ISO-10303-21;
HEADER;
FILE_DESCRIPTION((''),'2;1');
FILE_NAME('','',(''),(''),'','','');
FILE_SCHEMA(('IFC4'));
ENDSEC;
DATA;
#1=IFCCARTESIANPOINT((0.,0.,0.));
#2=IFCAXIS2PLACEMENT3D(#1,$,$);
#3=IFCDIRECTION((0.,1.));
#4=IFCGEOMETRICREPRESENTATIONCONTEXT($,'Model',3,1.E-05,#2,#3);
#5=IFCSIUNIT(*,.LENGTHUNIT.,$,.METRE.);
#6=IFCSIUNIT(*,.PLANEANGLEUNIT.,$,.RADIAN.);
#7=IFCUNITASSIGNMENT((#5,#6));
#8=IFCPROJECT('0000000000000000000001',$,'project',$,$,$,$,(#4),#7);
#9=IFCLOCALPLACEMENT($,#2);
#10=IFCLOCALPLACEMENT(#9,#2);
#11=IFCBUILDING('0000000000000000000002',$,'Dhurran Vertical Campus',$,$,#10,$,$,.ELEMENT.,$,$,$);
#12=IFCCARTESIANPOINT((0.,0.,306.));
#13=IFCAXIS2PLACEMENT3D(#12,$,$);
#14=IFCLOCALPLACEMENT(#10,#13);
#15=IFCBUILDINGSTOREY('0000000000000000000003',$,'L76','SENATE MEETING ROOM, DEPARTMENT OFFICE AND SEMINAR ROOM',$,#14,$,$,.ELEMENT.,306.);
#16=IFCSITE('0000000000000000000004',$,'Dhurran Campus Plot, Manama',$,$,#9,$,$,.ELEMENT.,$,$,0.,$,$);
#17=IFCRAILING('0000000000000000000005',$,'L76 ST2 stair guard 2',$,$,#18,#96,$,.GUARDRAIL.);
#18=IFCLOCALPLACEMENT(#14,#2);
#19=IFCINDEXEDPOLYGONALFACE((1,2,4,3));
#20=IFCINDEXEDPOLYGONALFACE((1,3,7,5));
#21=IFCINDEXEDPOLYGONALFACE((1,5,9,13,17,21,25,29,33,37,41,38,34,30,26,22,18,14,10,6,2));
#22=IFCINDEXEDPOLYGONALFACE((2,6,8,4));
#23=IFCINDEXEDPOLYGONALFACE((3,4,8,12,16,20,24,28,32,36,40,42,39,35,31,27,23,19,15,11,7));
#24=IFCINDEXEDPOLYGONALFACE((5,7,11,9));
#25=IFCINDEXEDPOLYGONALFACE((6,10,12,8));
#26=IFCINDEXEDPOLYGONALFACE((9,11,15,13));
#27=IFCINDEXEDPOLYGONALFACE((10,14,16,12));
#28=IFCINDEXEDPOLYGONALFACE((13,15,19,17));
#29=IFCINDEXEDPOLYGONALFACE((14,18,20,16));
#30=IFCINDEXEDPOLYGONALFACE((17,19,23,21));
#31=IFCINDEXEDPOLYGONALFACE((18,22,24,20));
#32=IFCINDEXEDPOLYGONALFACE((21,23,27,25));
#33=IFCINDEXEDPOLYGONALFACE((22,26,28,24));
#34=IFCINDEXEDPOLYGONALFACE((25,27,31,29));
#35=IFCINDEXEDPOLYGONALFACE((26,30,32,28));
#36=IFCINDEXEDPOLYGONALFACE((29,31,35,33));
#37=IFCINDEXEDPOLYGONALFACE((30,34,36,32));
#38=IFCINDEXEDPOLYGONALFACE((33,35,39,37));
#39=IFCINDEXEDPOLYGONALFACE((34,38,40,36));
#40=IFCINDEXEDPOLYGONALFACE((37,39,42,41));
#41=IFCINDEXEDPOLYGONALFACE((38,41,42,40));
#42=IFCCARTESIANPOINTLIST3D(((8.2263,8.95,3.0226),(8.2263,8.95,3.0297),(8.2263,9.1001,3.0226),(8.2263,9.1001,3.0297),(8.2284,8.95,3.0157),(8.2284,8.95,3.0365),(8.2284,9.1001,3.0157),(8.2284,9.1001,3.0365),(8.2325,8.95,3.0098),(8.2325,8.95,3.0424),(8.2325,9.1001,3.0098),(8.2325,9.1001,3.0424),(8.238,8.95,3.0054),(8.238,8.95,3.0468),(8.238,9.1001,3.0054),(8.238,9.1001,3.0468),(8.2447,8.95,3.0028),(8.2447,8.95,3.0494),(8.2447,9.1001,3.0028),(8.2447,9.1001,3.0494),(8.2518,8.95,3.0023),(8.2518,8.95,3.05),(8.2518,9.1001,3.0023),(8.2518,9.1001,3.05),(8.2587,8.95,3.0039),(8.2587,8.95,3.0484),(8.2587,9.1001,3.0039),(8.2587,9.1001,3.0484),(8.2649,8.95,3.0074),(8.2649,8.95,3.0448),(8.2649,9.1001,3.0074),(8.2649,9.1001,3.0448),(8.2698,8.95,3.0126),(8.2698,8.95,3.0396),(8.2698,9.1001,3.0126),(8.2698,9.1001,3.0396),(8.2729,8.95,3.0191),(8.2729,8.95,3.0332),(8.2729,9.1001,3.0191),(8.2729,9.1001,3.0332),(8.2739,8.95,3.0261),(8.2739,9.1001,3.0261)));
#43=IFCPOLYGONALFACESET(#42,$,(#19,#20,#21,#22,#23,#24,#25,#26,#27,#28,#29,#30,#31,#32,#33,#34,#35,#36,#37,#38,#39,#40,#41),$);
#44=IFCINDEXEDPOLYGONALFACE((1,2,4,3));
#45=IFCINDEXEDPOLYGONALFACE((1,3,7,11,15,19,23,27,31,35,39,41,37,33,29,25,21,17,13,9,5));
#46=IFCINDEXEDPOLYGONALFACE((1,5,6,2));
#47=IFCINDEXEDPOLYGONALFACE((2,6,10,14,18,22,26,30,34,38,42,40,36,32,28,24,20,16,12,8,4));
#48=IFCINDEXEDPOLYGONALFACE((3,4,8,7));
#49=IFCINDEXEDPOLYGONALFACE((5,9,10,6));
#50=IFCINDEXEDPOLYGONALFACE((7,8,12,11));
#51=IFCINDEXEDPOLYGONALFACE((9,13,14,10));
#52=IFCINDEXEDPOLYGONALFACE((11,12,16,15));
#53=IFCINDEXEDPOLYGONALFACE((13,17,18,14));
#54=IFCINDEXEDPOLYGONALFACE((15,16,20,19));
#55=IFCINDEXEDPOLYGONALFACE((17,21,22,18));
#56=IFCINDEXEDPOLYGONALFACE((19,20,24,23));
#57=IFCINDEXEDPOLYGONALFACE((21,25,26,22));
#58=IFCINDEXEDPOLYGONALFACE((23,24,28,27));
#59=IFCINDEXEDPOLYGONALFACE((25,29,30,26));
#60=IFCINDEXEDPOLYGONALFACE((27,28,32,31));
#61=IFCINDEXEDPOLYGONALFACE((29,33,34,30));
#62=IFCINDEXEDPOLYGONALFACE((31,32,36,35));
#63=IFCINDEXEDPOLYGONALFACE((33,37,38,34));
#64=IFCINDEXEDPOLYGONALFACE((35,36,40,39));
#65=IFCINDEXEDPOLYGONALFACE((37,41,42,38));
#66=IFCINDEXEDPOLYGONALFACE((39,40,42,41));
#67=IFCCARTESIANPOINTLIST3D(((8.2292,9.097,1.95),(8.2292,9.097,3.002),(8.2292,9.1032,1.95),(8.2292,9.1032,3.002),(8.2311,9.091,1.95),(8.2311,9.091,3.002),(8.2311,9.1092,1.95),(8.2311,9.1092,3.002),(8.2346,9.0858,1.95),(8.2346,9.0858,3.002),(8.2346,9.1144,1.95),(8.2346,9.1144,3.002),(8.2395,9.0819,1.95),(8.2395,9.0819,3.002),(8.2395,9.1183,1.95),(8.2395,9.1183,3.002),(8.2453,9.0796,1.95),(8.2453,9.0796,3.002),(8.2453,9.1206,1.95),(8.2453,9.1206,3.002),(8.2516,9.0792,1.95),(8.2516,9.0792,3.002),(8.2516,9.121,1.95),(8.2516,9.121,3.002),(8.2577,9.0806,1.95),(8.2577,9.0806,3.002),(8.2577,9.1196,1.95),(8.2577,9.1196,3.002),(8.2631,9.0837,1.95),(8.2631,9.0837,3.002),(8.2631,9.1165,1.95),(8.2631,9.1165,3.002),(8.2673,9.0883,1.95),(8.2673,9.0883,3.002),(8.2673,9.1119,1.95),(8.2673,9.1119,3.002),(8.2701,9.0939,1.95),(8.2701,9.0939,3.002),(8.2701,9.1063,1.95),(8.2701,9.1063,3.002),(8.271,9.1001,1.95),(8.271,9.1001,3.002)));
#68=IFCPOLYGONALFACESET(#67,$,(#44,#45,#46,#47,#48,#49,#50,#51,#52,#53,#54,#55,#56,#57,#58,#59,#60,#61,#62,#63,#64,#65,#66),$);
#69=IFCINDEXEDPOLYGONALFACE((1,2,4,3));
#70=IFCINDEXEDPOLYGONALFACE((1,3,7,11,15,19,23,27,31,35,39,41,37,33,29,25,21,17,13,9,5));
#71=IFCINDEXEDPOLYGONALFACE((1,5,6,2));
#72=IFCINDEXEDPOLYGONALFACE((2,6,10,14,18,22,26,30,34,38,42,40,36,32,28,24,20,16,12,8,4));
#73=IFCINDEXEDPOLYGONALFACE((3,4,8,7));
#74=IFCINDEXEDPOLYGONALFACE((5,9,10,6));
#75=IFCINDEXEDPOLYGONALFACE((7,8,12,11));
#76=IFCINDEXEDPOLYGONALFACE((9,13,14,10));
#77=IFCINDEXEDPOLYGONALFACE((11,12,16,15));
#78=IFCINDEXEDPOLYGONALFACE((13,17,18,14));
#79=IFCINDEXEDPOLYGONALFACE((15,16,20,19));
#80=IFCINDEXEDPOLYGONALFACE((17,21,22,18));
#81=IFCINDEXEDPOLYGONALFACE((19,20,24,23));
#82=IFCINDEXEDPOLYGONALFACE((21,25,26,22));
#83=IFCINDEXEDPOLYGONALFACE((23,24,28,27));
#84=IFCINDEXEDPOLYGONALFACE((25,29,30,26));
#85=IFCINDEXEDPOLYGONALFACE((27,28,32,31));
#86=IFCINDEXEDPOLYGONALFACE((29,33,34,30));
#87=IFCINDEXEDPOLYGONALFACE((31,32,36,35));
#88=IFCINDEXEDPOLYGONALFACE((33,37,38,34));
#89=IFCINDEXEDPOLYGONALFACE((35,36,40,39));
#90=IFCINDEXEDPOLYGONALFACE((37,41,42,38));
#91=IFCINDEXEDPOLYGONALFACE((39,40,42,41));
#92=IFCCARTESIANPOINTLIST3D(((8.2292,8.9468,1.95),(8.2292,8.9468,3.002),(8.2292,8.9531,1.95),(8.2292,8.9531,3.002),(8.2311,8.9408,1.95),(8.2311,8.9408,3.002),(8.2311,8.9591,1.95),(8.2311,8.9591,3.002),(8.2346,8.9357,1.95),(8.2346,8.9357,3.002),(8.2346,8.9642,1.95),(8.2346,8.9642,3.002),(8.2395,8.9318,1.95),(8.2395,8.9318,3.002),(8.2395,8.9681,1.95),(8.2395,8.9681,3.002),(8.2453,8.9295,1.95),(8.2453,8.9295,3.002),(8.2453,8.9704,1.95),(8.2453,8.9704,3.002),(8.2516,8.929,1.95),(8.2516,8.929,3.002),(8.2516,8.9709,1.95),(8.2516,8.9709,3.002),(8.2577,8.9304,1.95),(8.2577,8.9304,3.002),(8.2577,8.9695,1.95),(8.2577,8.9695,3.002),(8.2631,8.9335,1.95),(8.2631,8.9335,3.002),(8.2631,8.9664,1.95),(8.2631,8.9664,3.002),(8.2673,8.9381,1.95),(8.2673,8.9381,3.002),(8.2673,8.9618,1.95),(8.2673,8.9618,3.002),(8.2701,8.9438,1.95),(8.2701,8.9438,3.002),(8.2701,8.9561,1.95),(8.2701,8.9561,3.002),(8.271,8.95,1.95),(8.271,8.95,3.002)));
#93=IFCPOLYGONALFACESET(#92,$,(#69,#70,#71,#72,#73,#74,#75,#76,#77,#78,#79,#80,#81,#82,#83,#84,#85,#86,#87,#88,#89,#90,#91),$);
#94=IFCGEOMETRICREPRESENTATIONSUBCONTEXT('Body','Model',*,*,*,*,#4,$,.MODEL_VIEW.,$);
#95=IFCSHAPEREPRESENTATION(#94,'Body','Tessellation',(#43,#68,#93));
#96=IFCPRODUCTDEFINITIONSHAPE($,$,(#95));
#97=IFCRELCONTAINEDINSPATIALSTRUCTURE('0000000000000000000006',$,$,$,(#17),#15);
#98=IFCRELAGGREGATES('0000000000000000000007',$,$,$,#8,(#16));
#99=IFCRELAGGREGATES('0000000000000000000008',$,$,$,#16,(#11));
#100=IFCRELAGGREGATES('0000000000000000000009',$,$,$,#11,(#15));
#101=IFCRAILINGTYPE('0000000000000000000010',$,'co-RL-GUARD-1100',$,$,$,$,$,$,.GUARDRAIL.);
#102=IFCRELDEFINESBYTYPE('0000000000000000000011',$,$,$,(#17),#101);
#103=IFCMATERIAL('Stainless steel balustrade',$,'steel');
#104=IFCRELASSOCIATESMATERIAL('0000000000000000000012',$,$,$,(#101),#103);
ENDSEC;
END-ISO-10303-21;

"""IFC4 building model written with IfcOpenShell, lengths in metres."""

from ifc_helpers import new_model, si_unit, direction, frame, origin, origin_2d, place, context, subcontext, project, spatial, circle, extrude, material, type_object, element, save


model = new_model("IFC4")

# Units and contexts
model_context = context("Model", 3, precision=1e-05, world=origin(), true_north=direction((0.0, 1.0)))
body_context = subcontext(model_context, "Body", "Model", "MODEL_VIEW")
ifc_project = project(units=[si_unit("LENGTHUNIT", "METRE"), si_unit("PLANEANGLEUNIT", "RADIAN")], contexts=[model_context])

# Site, building, storey
site_placement = place(None, origin())
site = spatial("IfcSite", under=ifc_project, at=site_placement, Name="Dhurran Campus Plot, Manama", CompositionType="ELEMENT", RefElevation=0.0)
building_placement = place(site_placement, origin())
building = spatial("IfcBuilding", under=site, at=building_placement, Name="Dhurran Vertical Campus", CompositionType="ELEMENT")
storey_placement = place(building_placement, frame((0.0, 0.0, 306.0)))
storey = spatial("IfcBuildingStorey", under=building, at=storey_placement, Name="L76", Description="SENATE MEETING ROOM, DEPARTMENT OFFICE AND SEMINAR ROOM", CompositionType="ELEMENT", Elevation=306.0)

# Railing
ifc_material_1 = material(Name="Stainless steel balustrade", Category="steel")
railing_type_1 = type_object("IfcRailingType", Name="co-RL-GUARD-1100", PredefinedType="GUARDRAIL", material=ifc_material_1)
railing_1_placement = place(storey_placement, frame((8.25, 9.1001, 1.95)))
element("IfcRailing", 1, at=railing_1_placement, inside=storey, type_object=railing_type_1, Name="L76 ST2 stair guard 2", PredefinedType="GUARDRAIL", context=body_context, shape_type="SweptSolid", body=[
    extrude(circle(Radius=0.0239, at=origin_2d()), frame((0.0, 0.0, 1.0762), z_axis=(0.0, -1.0, 0.0), x_axis=(1.0, 0.0, 0.0)), (0.0, 0.0, 1.0), 0.1501),
    extrude(circle(Radius=0.021, at=origin_2d()), origin(), (0.0, 0.0, 1.0), 1.052),
    extrude(circle(Radius=0.021, at=origin_2d()), frame((0.0, -0.1501, 0.0)), (0.0, 0.0, 1.0), 1.052),
])

save(model, "model.ifc")
